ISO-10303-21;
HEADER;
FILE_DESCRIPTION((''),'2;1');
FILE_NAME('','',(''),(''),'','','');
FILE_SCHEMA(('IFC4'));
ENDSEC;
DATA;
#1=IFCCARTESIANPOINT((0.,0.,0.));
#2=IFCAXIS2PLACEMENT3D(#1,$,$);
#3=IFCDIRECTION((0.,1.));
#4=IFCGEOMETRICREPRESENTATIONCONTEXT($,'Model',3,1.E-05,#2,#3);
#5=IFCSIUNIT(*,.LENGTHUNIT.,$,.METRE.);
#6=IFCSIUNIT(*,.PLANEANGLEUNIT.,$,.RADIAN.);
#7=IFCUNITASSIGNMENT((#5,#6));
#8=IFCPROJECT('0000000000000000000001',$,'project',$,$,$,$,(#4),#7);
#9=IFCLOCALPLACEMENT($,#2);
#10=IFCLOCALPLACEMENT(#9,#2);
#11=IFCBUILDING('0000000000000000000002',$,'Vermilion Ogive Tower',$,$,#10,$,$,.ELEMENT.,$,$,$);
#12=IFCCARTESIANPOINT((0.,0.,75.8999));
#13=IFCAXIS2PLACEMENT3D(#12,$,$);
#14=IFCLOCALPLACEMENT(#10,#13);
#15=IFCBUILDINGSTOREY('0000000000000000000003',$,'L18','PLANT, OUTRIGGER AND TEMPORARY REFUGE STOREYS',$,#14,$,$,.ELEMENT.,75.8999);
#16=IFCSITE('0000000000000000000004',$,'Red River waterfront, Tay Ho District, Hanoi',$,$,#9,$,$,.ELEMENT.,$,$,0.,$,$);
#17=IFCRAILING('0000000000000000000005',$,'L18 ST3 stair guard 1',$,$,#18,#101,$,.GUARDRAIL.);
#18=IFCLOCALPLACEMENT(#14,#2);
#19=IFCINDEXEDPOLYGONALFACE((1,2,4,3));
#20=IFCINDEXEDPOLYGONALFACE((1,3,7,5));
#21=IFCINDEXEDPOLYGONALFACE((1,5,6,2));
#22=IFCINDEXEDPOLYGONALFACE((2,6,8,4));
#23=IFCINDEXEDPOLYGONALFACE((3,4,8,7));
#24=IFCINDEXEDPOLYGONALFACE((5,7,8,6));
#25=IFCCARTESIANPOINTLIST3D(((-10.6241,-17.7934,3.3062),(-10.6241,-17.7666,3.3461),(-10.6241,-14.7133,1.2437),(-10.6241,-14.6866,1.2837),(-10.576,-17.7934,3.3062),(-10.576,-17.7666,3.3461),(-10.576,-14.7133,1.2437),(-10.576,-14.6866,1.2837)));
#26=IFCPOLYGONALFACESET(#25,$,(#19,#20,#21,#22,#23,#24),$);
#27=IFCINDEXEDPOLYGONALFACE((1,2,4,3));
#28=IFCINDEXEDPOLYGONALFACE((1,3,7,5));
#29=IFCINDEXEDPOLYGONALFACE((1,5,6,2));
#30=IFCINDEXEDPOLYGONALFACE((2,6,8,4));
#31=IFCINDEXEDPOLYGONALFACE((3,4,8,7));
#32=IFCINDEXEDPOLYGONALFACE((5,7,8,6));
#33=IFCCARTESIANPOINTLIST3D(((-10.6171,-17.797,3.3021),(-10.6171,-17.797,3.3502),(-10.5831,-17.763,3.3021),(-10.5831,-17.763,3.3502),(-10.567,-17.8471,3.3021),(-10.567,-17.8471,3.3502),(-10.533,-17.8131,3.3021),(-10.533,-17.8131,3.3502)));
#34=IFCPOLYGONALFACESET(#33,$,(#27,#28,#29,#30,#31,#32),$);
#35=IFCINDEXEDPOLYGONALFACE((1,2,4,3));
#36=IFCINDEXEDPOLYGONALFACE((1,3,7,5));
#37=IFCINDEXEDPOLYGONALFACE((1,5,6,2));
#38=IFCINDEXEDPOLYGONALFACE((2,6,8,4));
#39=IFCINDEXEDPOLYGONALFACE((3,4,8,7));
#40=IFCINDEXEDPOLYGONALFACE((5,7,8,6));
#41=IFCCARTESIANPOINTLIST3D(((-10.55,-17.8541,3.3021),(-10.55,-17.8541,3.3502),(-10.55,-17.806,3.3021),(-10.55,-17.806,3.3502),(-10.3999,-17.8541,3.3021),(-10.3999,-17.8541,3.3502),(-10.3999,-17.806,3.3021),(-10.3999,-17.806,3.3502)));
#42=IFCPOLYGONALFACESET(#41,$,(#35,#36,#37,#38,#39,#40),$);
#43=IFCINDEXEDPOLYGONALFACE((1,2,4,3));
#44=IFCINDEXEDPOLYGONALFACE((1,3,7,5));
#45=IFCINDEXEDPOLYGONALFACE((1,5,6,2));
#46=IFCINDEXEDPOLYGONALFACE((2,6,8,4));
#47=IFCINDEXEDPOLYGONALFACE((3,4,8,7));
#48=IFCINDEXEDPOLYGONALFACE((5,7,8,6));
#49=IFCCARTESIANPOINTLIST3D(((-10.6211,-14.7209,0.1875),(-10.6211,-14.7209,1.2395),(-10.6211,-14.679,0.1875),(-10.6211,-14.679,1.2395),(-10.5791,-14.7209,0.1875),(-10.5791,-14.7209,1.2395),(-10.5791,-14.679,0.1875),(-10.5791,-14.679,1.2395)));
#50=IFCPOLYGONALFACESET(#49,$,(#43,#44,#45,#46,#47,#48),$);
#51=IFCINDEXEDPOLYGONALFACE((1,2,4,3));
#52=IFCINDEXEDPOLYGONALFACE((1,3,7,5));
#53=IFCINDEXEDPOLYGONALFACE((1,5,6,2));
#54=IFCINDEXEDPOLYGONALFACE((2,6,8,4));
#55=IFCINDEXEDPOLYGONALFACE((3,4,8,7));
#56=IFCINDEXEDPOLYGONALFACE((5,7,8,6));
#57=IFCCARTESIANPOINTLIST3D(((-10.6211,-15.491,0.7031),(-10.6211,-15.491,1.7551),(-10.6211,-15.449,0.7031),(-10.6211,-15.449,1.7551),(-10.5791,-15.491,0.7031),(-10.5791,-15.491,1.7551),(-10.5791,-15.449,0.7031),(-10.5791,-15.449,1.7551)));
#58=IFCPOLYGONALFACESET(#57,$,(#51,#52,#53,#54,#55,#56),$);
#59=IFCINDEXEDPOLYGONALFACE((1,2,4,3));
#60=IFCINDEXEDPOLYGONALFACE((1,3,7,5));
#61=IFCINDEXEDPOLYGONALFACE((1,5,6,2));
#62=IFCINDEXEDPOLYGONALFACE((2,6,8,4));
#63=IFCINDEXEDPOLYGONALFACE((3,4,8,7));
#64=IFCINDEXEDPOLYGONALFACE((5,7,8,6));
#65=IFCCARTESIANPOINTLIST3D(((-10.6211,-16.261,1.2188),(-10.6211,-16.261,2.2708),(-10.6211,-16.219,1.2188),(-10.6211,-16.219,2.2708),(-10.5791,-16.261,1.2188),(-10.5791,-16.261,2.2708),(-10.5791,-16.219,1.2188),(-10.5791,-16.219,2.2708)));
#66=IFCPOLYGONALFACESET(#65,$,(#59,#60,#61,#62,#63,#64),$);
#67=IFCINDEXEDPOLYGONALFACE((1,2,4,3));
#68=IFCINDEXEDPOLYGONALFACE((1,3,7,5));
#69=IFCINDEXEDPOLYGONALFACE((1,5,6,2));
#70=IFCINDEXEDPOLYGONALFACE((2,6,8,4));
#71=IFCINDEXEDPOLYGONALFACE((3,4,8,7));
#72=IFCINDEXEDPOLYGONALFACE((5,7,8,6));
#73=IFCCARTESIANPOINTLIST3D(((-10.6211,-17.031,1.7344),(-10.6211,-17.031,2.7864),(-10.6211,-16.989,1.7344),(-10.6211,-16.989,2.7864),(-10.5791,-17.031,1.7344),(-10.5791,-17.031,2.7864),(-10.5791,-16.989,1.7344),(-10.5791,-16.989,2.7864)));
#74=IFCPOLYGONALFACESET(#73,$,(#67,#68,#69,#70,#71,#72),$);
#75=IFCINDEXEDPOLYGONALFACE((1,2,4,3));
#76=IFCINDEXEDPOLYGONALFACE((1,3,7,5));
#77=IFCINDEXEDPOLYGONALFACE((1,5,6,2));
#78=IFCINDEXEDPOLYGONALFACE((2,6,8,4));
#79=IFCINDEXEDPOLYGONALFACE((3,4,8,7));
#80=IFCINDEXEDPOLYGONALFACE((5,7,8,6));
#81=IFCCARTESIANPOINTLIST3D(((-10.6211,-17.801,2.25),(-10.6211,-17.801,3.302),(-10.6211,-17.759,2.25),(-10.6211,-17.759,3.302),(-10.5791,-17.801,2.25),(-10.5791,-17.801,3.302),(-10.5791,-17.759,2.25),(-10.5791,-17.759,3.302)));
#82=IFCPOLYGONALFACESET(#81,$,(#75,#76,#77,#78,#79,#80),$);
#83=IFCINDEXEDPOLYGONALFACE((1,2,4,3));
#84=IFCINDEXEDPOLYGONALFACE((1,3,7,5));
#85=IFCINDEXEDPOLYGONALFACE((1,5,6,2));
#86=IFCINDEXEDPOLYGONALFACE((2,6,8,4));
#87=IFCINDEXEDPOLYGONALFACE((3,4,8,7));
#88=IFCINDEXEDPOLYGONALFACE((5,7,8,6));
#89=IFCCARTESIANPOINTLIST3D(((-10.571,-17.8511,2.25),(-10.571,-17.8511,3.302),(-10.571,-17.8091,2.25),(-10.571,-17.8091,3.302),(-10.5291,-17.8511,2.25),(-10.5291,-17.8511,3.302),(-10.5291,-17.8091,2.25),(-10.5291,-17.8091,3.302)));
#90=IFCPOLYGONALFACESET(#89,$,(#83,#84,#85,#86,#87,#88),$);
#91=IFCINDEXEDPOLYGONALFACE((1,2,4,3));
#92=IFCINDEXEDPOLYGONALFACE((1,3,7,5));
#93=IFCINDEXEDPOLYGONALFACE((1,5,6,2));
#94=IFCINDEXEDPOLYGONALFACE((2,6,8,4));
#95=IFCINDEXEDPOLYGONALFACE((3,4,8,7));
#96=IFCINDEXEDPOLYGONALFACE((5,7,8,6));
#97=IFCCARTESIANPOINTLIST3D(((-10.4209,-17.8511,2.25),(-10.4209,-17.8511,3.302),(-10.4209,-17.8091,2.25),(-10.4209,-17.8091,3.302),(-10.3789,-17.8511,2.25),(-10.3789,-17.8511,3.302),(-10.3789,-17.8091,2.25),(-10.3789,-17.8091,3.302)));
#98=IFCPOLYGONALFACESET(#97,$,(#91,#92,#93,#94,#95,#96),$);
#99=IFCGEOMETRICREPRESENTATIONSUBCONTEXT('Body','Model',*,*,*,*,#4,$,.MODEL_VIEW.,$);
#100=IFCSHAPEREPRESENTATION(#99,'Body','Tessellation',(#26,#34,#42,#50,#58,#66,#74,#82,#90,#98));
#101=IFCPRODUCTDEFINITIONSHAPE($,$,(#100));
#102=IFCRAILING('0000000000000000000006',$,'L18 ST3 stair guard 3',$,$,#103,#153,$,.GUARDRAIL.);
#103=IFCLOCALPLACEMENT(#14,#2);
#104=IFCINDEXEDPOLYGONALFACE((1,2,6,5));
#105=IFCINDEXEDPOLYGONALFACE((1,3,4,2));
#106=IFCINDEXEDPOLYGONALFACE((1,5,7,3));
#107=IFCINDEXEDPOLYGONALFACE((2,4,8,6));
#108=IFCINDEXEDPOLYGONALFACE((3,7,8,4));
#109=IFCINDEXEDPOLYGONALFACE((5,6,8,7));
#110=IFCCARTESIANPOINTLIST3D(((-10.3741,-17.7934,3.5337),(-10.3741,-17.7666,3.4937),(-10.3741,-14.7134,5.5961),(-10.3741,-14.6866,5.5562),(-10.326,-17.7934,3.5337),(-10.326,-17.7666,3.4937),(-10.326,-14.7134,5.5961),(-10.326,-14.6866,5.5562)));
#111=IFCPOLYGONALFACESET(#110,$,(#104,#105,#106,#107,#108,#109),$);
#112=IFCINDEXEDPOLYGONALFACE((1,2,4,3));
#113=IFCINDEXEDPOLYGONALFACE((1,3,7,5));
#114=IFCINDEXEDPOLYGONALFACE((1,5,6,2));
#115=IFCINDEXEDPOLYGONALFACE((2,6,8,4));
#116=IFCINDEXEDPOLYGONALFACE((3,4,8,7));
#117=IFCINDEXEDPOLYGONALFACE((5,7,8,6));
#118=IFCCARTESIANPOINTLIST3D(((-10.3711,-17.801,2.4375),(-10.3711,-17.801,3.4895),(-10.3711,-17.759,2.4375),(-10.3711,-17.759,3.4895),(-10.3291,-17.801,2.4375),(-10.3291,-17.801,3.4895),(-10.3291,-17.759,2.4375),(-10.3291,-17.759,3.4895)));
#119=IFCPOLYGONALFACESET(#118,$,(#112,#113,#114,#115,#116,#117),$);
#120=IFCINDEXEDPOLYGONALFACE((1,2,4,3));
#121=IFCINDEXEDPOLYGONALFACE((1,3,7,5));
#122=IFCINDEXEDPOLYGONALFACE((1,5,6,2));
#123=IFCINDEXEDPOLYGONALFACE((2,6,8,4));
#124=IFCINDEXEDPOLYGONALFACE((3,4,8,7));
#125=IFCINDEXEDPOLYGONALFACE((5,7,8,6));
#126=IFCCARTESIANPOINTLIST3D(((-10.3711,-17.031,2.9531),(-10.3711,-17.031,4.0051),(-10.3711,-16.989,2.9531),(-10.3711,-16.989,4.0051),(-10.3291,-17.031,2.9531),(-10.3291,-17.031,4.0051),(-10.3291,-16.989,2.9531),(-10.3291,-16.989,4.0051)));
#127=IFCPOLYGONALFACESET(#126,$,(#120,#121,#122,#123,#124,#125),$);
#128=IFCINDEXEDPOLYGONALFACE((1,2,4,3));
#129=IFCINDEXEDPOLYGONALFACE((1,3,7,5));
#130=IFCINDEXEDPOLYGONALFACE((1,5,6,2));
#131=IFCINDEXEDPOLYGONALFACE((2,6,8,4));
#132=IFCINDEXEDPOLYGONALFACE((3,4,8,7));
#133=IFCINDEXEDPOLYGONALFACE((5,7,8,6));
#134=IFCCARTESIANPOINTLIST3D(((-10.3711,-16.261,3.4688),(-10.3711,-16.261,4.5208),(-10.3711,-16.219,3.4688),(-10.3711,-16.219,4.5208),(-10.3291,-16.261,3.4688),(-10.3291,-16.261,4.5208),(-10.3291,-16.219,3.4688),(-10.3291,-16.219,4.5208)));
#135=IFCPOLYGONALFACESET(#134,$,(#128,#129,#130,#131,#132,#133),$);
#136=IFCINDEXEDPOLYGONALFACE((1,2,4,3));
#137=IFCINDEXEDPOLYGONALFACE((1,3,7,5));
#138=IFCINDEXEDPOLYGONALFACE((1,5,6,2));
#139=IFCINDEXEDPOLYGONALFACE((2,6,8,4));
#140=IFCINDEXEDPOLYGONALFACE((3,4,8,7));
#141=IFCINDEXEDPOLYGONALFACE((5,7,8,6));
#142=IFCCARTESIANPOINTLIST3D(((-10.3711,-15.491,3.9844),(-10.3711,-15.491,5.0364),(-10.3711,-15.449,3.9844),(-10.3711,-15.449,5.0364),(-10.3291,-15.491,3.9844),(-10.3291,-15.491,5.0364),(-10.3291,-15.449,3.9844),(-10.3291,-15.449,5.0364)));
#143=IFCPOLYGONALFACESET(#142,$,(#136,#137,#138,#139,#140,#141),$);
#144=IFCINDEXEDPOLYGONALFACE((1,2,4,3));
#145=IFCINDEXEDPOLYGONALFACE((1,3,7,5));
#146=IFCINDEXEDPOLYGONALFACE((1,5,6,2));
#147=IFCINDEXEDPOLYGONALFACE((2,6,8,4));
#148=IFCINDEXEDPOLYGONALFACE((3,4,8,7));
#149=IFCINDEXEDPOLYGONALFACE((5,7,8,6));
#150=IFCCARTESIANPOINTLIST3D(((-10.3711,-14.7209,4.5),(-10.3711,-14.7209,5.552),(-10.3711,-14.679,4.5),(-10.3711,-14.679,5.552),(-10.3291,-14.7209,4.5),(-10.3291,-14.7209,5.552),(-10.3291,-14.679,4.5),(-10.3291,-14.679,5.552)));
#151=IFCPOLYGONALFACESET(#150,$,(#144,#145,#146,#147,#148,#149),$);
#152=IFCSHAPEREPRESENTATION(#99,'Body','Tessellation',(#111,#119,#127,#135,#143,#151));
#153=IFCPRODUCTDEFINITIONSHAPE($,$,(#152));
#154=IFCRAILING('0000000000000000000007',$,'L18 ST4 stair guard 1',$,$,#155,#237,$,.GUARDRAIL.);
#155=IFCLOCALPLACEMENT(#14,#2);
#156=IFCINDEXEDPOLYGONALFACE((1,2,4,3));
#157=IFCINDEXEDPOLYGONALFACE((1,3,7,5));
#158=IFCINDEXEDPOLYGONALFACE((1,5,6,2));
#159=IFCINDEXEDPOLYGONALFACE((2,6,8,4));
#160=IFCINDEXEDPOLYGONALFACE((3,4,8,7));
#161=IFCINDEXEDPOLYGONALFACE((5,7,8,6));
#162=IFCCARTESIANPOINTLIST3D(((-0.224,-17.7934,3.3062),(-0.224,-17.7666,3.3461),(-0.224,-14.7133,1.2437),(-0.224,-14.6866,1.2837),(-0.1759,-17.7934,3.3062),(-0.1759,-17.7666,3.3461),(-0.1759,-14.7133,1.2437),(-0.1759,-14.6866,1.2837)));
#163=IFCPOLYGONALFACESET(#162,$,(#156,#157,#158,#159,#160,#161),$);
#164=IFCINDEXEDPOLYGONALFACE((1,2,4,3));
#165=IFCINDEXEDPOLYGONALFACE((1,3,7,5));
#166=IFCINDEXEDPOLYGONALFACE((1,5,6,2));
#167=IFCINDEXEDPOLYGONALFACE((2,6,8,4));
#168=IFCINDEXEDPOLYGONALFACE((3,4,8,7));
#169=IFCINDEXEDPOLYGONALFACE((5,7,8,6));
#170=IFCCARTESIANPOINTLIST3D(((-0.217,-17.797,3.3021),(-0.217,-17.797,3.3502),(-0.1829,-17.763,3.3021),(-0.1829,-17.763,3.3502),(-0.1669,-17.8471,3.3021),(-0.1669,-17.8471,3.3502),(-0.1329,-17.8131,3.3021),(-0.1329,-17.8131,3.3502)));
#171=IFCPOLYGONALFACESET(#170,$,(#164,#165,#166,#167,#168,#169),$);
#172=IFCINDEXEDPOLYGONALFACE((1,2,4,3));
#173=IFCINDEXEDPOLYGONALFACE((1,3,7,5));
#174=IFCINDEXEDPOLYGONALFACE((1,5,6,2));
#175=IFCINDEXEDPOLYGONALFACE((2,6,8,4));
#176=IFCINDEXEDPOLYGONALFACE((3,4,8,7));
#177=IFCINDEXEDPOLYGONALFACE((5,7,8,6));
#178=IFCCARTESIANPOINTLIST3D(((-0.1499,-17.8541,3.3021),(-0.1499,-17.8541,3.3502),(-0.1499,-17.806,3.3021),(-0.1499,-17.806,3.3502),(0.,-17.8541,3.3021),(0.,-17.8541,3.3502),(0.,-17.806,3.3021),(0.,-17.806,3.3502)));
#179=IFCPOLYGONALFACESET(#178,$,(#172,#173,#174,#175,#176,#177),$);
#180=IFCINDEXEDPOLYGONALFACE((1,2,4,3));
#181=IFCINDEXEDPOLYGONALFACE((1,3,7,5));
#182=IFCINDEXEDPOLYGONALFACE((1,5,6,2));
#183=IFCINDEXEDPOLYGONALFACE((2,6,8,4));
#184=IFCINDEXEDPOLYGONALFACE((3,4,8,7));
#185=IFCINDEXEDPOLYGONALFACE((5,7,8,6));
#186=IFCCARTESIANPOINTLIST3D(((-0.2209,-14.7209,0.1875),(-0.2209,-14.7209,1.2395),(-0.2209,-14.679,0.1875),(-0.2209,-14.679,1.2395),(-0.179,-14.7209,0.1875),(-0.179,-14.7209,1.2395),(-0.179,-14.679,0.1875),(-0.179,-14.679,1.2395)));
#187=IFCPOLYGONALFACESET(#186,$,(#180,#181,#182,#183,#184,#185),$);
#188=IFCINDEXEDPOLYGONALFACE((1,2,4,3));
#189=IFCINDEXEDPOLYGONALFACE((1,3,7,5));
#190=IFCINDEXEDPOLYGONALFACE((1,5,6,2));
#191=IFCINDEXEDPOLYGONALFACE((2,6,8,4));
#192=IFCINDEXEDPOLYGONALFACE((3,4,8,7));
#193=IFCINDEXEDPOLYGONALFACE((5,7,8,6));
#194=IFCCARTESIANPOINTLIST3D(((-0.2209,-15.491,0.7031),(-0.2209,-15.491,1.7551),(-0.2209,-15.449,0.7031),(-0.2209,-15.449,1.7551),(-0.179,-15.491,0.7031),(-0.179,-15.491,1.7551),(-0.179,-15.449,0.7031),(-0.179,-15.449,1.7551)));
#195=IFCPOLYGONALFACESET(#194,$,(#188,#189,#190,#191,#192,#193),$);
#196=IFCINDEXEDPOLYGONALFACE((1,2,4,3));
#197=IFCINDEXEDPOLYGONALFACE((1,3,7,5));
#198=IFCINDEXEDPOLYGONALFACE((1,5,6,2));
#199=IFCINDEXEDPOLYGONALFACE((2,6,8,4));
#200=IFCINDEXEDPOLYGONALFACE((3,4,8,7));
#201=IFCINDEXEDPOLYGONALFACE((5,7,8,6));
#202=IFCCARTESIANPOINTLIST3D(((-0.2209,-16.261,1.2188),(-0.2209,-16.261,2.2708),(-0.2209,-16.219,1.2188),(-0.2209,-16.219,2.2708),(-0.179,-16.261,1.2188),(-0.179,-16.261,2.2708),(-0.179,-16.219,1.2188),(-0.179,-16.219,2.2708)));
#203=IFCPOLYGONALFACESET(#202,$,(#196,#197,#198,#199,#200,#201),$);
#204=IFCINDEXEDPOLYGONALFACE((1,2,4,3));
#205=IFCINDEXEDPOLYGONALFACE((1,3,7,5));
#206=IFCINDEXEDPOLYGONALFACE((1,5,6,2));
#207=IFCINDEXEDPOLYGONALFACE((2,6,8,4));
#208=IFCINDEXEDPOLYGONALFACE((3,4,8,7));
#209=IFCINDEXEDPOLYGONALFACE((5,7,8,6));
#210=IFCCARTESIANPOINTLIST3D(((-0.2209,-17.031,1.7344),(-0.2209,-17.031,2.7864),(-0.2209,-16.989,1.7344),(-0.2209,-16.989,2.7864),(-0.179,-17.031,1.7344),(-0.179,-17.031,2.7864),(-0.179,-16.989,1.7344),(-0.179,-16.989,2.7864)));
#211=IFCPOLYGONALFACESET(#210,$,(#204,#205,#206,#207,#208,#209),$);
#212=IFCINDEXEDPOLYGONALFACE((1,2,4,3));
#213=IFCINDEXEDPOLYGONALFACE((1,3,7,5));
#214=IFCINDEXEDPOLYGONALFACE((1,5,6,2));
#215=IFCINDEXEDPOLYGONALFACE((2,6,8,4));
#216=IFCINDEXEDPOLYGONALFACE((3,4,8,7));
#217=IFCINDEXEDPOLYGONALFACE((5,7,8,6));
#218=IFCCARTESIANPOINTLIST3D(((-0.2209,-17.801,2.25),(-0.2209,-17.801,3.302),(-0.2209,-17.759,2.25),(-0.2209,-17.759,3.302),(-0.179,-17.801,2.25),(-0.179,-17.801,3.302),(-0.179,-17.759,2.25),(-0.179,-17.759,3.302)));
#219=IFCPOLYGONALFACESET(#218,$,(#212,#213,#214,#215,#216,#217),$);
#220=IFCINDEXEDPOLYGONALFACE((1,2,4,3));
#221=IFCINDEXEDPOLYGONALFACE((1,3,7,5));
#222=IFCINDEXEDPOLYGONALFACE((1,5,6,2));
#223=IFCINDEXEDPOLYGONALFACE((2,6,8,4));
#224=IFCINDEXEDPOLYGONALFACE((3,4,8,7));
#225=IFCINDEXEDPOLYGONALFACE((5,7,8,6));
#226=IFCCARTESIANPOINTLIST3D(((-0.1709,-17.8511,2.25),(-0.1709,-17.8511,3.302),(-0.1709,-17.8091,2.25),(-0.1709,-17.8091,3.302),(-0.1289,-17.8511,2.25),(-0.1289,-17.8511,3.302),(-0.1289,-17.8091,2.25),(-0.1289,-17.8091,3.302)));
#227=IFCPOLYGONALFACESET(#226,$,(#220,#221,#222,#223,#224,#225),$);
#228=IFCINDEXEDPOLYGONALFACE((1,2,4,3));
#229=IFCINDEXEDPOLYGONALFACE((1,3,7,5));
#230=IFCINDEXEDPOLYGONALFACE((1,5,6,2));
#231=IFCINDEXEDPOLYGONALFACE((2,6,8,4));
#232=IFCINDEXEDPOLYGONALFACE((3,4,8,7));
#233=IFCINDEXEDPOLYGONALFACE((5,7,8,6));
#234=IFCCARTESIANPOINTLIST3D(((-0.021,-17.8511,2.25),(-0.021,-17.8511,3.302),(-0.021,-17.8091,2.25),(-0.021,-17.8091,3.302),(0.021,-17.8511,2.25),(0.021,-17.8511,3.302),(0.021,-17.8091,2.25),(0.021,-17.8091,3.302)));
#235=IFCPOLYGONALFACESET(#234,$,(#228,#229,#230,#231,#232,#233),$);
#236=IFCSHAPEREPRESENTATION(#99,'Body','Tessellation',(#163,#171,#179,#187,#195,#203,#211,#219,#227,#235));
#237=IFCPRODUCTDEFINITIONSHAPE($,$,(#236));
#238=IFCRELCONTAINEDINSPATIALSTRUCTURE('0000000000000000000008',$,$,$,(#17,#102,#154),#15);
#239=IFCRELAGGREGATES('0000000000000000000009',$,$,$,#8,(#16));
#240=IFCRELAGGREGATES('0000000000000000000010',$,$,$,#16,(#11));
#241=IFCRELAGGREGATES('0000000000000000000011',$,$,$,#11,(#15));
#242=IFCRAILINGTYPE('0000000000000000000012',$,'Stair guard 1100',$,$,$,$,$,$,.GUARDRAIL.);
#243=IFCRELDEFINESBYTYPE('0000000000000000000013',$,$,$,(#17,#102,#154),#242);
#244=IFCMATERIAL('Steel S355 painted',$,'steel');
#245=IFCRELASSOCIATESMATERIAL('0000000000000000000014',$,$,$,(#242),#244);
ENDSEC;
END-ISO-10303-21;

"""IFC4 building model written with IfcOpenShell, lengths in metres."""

from ifc_helpers import new_model, si_unit, direction, frame, origin, origin_2d, place, context, subcontext, project, spatial, rectangle, extrude, material, type_object, element, save


model = new_model("IFC4")

# Units and contexts
model_context = context("Model", 3, precision=1e-05, world=origin(), true_north=direction((0.0, 1.0)))
body_context = subcontext(model_context, "Body", "Model", "MODEL_VIEW")
ifc_project = project(units=[si_unit("LENGTHUNIT", "METRE"), si_unit("PLANEANGLEUNIT", "RADIAN")], contexts=[model_context])

# Site, building, storey
site_placement = place(None, origin())
site = spatial("IfcSite", under=ifc_project, at=site_placement, Name="Red River waterfront, Tay Ho District, Hanoi", CompositionType="ELEMENT", RefElevation=0.0)
building_placement = place(site_placement, origin())
building = spatial("IfcBuilding", under=site, at=building_placement, Name="Vermilion Ogive Tower", CompositionType="ELEMENT")
storey_placement = place(building_placement, frame((0.0, 0.0, 75.8999)))
storey = spatial("IfcBuildingStorey", under=building, at=storey_placement, Name="L18", Description="PLANT, OUTRIGGER AND TEMPORARY REFUGE STOREYS", CompositionType="ELEMENT", Elevation=75.8999)

# Railings
ifc_material_1 = material(Name="Steel S355 painted", Category="steel")
railing_type_1 = type_object("IfcRailingType", Name="Stair guard 1100", PredefinedType="GUARDRAIL", material=ifc_material_1)
railing_1_placement = place(storey_placement, frame((-10.6001, -14.7, 0.1875)))
element("IfcRailing", 1, at=railing_1_placement, inside=storey, type_object=railing_type_1, Name="L18 ST3 stair guard 1", PredefinedType="GUARDRAIL", context=body_context, shape_type="SweptSolid", body=[
    extrude(rectangle(XDim=0.0481, YDim=0.0481, at=origin_2d()), frame((0.0, 0.0, 1.0762), z_axis=(0.0, -0.830914, 0.556401), x_axis=(1.0, 0.0, 0.0)), (0.0, 0.0, 1.0), 3.7068),
    extrude(rectangle(XDim=0.0481, YDim=0.0481, at=origin_2d()), frame((0.0, -3.0801, 3.1387), z_axis=(0.707107, -0.707107, 0.0), x_axis=(0.707107, 0.707107, 0.0)), (0.0, 0.0, 1.0), 0.0708),
    extrude(rectangle(XDim=0.0481, YDim=0.0481, at=origin_2d()), frame((0.05, -3.1301, 3.1387), z_axis=(1.0, 0.0, 0.0), x_axis=(0.0, 1.0, 0.0)), (0.0, 0.0, 1.0), 0.1501),
    extrude(rectangle(XDim=0.042, YDim=0.042, at=origin_2d()), origin(), (0.0, 0.0, 1.0), 1.052),
    extrude(rectangle(XDim=0.042, YDim=0.042, at=origin_2d()), frame((0.0, -0.77, 0.5156)), (0.0, 0.0, 1.0), 1.052),
    extrude(rectangle(XDim=0.042, YDim=0.042, at=origin_2d()), frame((0.0, -1.54, 1.0312)), (0.0, 0.0, 1.0), 1.052),
    extrude(rectangle(XDim=0.042, YDim=0.042, at=origin_2d()), frame((0.0, -2.3101, 1.5469)), (0.0, 0.0, 1.0), 1.052),
    extrude(rectangle(XDim=0.042, YDim=0.042, at=origin_2d()), frame((0.0, -3.0801, 2.0625)), (0.0, 0.0, 1.0), 1.052),
    extrude(rectangle(XDim=0.042, YDim=0.042, at=origin_2d()), frame((0.05, -3.1301, 2.0625)), (0.0, 0.0, 1.0), 1.052),
    extrude(rectangle(XDim=0.042, YDim=0.042, at=origin_2d()), frame((0.2002, -3.1301, 2.0625)), (0.0, 0.0, 1.0), 1.052),
])
railing_2_placement = place(storey_placement, frame((-10.3501, -17.78, 2.4375)))
element("IfcRailing", 2, at=railing_2_placement, inside=storey, type_object=railing_type_1, Name="L18 ST3 stair guard 3", PredefinedType="GUARDRAIL", context=body_context, shape_type="SweptSolid", body=[
    extrude(rectangle(XDim=0.0481, YDim=0.0481, at=origin_2d()), frame((0.0, 0.0, 1.0762), z_axis=(0.0, 0.830914, 0.556401), x_axis=(-1.0, 0.0, 0.0)), (0.0, 0.0, 1.0), 3.7068),
    extrude(rectangle(XDim=0.042, YDim=0.042, at=origin_2d()), origin(), (0.0, 0.0, 1.0), 1.052),
    extrude(rectangle(XDim=0.042, YDim=0.042, at=origin_2d()), frame((0.0, 0.77, 0.5156)), (0.0, 0.0, 1.0), 1.052),
    extrude(rectangle(XDim=0.042, YDim=0.042, at=origin_2d()), frame((0.0, 1.54, 1.0312)), (0.0, 0.0, 1.0), 1.052),
    extrude(rectangle(XDim=0.042, YDim=0.042, at=origin_2d()), frame((0.0, 2.3101, 1.5469)), (0.0, 0.0, 1.0), 1.052),
    extrude(rectangle(XDim=0.042, YDim=0.042, at=origin_2d()), frame((0.0, 3.0801, 2.0625)), (0.0, 0.0, 1.0), 1.052),
])
railing_3_placement = place(storey_placement, frame((-0.2, -14.7, 0.1875)))
element("IfcRailing", 3, at=railing_3_placement, inside=storey, type_object=railing_type_1, Name="L18 ST4 stair guard 1", PredefinedType="GUARDRAIL", context=body_context, shape_type="SweptSolid", body=[
    extrude(rectangle(XDim=0.0481, YDim=0.0481, at=origin_2d()), frame((0.0, 0.0, 1.0762), z_axis=(0.0, -0.830914, 0.556401), x_axis=(1.0, 0.0, 0.0)), (0.0, 0.0, 1.0), 3.7068),
    extrude(rectangle(XDim=0.0481, YDim=0.0481, at=origin_2d()), frame((0.0, -3.0801, 3.1387), z_axis=(0.707107, -0.707107, 0.0), x_axis=(0.707107, 0.707107, 0.0)), (0.0, 0.0, 1.0), 0.0708),
    extrude(rectangle(XDim=0.0481, YDim=0.0481, at=origin_2d()), frame((0.05, -3.1301, 3.1387), z_axis=(1.0, 0.0, 0.0), x_axis=(0.0, 1.0, 0.0)), (0.0, 0.0, 1.0), 0.1499),
    extrude(rectangle(XDim=0.042, YDim=0.042, at=origin_2d()), origin(), (0.0, 0.0, 1.0), 1.052),
    extrude(rectangle(XDim=0.042, YDim=0.042, at=origin_2d()), frame((0.0, -0.77, 0.5156)), (0.0, 0.0, 1.0), 1.052),
    extrude(rectangle(XDim=0.042, YDim=0.042, at=origin_2d()), frame((0.0, -1.54, 1.0312)), (0.0, 0.0, 1.0), 1.052),
    extrude(rectangle(XDim=0.042, YDim=0.042, at=origin_2d()), frame((0.0, -2.3101, 1.5469)), (0.0, 0.0, 1.0), 1.052),
    extrude(rectangle(XDim=0.042, YDim=0.042, at=origin_2d()), frame((0.0, -3.0801, 2.0625)), (0.0, 0.0, 1.0), 1.052),
    extrude(rectangle(XDim=0.042, YDim=0.042, at=origin_2d()), frame((0.05, -3.1301, 2.0625)), (0.0, 0.0, 1.0), 1.052),
    extrude(rectangle(XDim=0.042, YDim=0.042, at=origin_2d()), frame((0.2, -3.1301, 2.0625)), (0.0, 0.0, 1.0), 1.052),
])

save(model, "model.ifc")
